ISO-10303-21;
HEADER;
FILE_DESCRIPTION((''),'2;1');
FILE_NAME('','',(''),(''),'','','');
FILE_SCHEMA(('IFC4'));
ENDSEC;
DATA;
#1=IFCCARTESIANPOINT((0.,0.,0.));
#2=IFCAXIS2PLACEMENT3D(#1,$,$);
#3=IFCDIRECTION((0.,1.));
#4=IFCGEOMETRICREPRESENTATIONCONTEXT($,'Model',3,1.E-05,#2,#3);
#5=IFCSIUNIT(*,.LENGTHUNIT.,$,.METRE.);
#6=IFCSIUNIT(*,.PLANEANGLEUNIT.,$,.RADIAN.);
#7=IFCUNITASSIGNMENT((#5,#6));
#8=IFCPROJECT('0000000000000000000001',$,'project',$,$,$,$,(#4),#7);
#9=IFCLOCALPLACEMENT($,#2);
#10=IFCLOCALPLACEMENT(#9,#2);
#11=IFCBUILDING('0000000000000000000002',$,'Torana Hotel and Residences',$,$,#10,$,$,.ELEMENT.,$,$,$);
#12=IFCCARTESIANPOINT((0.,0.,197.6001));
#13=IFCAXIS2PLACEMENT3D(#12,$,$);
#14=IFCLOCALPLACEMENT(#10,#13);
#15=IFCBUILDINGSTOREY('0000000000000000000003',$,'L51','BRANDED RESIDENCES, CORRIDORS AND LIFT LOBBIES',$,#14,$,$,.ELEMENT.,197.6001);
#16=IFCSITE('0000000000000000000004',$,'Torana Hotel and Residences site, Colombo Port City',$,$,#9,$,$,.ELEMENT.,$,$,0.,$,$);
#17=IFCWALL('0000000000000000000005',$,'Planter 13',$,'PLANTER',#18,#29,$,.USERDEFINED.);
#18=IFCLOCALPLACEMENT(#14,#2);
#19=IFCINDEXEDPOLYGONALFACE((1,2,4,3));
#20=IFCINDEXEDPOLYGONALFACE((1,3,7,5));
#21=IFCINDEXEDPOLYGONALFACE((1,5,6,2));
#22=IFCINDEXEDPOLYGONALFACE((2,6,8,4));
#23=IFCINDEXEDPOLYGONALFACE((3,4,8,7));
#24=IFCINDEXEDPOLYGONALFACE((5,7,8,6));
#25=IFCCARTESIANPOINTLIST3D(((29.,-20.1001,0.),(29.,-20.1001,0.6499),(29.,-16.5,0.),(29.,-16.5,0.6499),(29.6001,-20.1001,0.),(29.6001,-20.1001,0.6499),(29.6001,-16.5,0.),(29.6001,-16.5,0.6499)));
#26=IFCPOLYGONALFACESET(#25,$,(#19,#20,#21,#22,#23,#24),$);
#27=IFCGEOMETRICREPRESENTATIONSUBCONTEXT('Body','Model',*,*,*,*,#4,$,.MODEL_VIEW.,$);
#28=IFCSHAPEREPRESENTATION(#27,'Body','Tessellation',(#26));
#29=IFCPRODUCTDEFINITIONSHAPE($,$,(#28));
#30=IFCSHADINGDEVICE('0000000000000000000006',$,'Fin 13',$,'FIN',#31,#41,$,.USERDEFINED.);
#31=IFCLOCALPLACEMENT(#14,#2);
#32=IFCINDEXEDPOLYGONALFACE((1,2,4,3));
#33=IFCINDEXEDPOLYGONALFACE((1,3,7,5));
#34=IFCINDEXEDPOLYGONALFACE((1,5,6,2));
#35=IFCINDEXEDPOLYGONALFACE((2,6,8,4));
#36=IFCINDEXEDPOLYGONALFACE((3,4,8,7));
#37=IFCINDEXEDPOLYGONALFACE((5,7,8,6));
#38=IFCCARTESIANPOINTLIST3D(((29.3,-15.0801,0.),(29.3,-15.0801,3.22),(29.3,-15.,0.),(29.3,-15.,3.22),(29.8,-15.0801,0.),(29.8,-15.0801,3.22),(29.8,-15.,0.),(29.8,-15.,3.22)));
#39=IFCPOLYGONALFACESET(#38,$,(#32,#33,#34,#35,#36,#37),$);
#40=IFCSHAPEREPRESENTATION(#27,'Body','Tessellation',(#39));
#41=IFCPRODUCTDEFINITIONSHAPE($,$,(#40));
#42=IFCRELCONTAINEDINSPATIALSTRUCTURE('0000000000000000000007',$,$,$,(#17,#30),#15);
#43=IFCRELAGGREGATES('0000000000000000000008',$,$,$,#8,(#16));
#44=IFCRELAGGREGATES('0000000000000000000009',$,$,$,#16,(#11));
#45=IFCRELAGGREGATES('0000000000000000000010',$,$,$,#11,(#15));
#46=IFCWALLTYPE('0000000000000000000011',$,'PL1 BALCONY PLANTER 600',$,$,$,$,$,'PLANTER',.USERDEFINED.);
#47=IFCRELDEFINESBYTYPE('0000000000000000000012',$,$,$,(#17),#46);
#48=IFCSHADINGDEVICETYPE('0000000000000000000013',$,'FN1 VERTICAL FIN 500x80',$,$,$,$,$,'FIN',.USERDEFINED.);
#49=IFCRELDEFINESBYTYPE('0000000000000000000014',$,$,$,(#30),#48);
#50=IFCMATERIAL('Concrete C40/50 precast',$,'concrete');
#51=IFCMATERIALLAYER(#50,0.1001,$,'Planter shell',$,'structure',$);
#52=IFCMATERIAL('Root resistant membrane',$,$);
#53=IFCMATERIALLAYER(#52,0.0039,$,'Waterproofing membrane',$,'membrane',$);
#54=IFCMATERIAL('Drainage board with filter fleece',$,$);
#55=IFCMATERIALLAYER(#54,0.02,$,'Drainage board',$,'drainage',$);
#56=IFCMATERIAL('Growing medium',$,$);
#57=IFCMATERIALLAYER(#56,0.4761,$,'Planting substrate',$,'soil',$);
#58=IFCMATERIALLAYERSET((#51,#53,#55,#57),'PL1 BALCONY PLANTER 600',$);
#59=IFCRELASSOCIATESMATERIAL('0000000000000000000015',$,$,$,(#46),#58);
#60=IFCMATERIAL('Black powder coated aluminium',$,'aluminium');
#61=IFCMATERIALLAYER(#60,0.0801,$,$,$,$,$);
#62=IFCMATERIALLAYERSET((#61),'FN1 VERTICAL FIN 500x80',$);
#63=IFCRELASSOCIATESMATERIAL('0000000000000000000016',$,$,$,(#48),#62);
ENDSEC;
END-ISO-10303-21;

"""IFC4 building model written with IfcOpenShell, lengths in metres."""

from ifc_helpers import new_model, si_unit, direction, frame, frame_2d, origin, origin_2d, place, context, subcontext, project, spatial, rectangle, extrude, material, layer, layer_set, type_object, element, save


model = new_model("IFC4")

# Units and contexts
model_context = context("Model", 3, precision=1e-05, world=origin(), true_north=direction((0.0, 1.0)))
body_context = subcontext(model_context, "Body", "Model", "MODEL_VIEW")
ifc_project = project(units=[si_unit("LENGTHUNIT", "METRE"), si_unit("PLANEANGLEUNIT", "RADIAN")], contexts=[model_context])

# Site, building, storey
site_placement = place(None, origin())
site = spatial("IfcSite", under=ifc_project, at=site_placement, Name="Torana Hotel and Residences site, Colombo Port City", CompositionType="ELEMENT", RefElevation=0.0)
building_placement = place(site_placement, origin())
building = spatial("IfcBuilding", under=site, at=building_placement, Name="Torana Hotel and Residences", CompositionType="ELEMENT")
storey_placement = place(building_placement, frame((0.0, 0.0, 197.6001)))
storey = spatial("IfcBuildingStorey", under=building, at=storey_placement, Name="L51", Description="BRANDED RESIDENCES, CORRIDORS AND LIFT LOBBIES", CompositionType="ELEMENT", Elevation=197.6001)

# Wall
ifc_material_1 = material(Name="Concrete C40/50 precast", Category="concrete")
ifc_layer_1 = layer(ifc_material_1, 0.1001, Name="Planter shell", Category="structure")
ifc_material_2 = material(Name="Root resistant membrane")
ifc_layer_2 = layer(ifc_material_2, 0.0039, Name="Waterproofing membrane", Category="membrane")
ifc_material_3 = material(Name="Drainage board with filter fleece")
ifc_layer_3 = layer(ifc_material_3, 0.02, Name="Drainage board", Category="drainage")
ifc_material_4 = material(Name="Growing medium")
ifc_layer_4 = layer(ifc_material_4, 0.4761, Name="Planting substrate", Category="soil")
ifc_layer_set_1 = layer_set([ifc_layer_1, ifc_layer_2, ifc_layer_3, ifc_layer_4], Name="PL1 BALCONY PLANTER 600")
wall_type_1 = type_object("IfcWallType", Name="PL1 BALCONY PLANTER 600", ElementType="PLANTER", PredefinedType="USERDEFINED", material=ifc_layer_set_1)
wall_1_placement = place(storey_placement, frame((29.3, -16.5, 0.0), z_axis=(0.0, 0.0, 1.0), x_axis=(0.0, -1.0, 0.0)))
element("IfcWall", 1, at=wall_1_placement, inside=storey, type_object=wall_type_1, Name="Planter 13", ObjectType="PLANTER", PredefinedType="USERDEFINED", context=body_context, shape_type="SweptSolid", body=[
    extrude(rectangle(XDim=3.6001, YDim=0.6001, at=frame_2d((1.8, 0.0))), origin(), (0.0, 0.0, 1.0), 0.6499),
])

# Shading device
ifc_material_5 = material(Name="Black powder coated aluminium", Category="aluminium")
ifc_layer_5 = layer(ifc_material_5, 0.0801)
ifc_layer_set_2 = layer_set([ifc_layer_5], Name="FN1 VERTICAL FIN 500x80")
shading_device_type = type_object("IfcShadingDeviceType", Name="FN1 VERTICAL FIN 500x80", ElementType="FIN", PredefinedType="USERDEFINED", material=ifc_layer_set_2)
shading_device_placement = place(storey_placement, frame((29.55, -15.04, 0.0), z_axis=(0.0, 0.0, 1.0), x_axis=(0.0, -1.0, 0.0)))
element("IfcShadingDevice", 2, at=shading_device_placement, inside=storey, type_object=shading_device_type, Name="Fin 13", ObjectType="FIN", PredefinedType="USERDEFINED", context=body_context, shape_type="SweptSolid", body=[
    extrude(rectangle(XDim=0.0801, YDim=0.5, at=origin_2d()), origin(), (0.0, 0.0, 1.0), 3.22),
])

save(model, "model.ifc")
